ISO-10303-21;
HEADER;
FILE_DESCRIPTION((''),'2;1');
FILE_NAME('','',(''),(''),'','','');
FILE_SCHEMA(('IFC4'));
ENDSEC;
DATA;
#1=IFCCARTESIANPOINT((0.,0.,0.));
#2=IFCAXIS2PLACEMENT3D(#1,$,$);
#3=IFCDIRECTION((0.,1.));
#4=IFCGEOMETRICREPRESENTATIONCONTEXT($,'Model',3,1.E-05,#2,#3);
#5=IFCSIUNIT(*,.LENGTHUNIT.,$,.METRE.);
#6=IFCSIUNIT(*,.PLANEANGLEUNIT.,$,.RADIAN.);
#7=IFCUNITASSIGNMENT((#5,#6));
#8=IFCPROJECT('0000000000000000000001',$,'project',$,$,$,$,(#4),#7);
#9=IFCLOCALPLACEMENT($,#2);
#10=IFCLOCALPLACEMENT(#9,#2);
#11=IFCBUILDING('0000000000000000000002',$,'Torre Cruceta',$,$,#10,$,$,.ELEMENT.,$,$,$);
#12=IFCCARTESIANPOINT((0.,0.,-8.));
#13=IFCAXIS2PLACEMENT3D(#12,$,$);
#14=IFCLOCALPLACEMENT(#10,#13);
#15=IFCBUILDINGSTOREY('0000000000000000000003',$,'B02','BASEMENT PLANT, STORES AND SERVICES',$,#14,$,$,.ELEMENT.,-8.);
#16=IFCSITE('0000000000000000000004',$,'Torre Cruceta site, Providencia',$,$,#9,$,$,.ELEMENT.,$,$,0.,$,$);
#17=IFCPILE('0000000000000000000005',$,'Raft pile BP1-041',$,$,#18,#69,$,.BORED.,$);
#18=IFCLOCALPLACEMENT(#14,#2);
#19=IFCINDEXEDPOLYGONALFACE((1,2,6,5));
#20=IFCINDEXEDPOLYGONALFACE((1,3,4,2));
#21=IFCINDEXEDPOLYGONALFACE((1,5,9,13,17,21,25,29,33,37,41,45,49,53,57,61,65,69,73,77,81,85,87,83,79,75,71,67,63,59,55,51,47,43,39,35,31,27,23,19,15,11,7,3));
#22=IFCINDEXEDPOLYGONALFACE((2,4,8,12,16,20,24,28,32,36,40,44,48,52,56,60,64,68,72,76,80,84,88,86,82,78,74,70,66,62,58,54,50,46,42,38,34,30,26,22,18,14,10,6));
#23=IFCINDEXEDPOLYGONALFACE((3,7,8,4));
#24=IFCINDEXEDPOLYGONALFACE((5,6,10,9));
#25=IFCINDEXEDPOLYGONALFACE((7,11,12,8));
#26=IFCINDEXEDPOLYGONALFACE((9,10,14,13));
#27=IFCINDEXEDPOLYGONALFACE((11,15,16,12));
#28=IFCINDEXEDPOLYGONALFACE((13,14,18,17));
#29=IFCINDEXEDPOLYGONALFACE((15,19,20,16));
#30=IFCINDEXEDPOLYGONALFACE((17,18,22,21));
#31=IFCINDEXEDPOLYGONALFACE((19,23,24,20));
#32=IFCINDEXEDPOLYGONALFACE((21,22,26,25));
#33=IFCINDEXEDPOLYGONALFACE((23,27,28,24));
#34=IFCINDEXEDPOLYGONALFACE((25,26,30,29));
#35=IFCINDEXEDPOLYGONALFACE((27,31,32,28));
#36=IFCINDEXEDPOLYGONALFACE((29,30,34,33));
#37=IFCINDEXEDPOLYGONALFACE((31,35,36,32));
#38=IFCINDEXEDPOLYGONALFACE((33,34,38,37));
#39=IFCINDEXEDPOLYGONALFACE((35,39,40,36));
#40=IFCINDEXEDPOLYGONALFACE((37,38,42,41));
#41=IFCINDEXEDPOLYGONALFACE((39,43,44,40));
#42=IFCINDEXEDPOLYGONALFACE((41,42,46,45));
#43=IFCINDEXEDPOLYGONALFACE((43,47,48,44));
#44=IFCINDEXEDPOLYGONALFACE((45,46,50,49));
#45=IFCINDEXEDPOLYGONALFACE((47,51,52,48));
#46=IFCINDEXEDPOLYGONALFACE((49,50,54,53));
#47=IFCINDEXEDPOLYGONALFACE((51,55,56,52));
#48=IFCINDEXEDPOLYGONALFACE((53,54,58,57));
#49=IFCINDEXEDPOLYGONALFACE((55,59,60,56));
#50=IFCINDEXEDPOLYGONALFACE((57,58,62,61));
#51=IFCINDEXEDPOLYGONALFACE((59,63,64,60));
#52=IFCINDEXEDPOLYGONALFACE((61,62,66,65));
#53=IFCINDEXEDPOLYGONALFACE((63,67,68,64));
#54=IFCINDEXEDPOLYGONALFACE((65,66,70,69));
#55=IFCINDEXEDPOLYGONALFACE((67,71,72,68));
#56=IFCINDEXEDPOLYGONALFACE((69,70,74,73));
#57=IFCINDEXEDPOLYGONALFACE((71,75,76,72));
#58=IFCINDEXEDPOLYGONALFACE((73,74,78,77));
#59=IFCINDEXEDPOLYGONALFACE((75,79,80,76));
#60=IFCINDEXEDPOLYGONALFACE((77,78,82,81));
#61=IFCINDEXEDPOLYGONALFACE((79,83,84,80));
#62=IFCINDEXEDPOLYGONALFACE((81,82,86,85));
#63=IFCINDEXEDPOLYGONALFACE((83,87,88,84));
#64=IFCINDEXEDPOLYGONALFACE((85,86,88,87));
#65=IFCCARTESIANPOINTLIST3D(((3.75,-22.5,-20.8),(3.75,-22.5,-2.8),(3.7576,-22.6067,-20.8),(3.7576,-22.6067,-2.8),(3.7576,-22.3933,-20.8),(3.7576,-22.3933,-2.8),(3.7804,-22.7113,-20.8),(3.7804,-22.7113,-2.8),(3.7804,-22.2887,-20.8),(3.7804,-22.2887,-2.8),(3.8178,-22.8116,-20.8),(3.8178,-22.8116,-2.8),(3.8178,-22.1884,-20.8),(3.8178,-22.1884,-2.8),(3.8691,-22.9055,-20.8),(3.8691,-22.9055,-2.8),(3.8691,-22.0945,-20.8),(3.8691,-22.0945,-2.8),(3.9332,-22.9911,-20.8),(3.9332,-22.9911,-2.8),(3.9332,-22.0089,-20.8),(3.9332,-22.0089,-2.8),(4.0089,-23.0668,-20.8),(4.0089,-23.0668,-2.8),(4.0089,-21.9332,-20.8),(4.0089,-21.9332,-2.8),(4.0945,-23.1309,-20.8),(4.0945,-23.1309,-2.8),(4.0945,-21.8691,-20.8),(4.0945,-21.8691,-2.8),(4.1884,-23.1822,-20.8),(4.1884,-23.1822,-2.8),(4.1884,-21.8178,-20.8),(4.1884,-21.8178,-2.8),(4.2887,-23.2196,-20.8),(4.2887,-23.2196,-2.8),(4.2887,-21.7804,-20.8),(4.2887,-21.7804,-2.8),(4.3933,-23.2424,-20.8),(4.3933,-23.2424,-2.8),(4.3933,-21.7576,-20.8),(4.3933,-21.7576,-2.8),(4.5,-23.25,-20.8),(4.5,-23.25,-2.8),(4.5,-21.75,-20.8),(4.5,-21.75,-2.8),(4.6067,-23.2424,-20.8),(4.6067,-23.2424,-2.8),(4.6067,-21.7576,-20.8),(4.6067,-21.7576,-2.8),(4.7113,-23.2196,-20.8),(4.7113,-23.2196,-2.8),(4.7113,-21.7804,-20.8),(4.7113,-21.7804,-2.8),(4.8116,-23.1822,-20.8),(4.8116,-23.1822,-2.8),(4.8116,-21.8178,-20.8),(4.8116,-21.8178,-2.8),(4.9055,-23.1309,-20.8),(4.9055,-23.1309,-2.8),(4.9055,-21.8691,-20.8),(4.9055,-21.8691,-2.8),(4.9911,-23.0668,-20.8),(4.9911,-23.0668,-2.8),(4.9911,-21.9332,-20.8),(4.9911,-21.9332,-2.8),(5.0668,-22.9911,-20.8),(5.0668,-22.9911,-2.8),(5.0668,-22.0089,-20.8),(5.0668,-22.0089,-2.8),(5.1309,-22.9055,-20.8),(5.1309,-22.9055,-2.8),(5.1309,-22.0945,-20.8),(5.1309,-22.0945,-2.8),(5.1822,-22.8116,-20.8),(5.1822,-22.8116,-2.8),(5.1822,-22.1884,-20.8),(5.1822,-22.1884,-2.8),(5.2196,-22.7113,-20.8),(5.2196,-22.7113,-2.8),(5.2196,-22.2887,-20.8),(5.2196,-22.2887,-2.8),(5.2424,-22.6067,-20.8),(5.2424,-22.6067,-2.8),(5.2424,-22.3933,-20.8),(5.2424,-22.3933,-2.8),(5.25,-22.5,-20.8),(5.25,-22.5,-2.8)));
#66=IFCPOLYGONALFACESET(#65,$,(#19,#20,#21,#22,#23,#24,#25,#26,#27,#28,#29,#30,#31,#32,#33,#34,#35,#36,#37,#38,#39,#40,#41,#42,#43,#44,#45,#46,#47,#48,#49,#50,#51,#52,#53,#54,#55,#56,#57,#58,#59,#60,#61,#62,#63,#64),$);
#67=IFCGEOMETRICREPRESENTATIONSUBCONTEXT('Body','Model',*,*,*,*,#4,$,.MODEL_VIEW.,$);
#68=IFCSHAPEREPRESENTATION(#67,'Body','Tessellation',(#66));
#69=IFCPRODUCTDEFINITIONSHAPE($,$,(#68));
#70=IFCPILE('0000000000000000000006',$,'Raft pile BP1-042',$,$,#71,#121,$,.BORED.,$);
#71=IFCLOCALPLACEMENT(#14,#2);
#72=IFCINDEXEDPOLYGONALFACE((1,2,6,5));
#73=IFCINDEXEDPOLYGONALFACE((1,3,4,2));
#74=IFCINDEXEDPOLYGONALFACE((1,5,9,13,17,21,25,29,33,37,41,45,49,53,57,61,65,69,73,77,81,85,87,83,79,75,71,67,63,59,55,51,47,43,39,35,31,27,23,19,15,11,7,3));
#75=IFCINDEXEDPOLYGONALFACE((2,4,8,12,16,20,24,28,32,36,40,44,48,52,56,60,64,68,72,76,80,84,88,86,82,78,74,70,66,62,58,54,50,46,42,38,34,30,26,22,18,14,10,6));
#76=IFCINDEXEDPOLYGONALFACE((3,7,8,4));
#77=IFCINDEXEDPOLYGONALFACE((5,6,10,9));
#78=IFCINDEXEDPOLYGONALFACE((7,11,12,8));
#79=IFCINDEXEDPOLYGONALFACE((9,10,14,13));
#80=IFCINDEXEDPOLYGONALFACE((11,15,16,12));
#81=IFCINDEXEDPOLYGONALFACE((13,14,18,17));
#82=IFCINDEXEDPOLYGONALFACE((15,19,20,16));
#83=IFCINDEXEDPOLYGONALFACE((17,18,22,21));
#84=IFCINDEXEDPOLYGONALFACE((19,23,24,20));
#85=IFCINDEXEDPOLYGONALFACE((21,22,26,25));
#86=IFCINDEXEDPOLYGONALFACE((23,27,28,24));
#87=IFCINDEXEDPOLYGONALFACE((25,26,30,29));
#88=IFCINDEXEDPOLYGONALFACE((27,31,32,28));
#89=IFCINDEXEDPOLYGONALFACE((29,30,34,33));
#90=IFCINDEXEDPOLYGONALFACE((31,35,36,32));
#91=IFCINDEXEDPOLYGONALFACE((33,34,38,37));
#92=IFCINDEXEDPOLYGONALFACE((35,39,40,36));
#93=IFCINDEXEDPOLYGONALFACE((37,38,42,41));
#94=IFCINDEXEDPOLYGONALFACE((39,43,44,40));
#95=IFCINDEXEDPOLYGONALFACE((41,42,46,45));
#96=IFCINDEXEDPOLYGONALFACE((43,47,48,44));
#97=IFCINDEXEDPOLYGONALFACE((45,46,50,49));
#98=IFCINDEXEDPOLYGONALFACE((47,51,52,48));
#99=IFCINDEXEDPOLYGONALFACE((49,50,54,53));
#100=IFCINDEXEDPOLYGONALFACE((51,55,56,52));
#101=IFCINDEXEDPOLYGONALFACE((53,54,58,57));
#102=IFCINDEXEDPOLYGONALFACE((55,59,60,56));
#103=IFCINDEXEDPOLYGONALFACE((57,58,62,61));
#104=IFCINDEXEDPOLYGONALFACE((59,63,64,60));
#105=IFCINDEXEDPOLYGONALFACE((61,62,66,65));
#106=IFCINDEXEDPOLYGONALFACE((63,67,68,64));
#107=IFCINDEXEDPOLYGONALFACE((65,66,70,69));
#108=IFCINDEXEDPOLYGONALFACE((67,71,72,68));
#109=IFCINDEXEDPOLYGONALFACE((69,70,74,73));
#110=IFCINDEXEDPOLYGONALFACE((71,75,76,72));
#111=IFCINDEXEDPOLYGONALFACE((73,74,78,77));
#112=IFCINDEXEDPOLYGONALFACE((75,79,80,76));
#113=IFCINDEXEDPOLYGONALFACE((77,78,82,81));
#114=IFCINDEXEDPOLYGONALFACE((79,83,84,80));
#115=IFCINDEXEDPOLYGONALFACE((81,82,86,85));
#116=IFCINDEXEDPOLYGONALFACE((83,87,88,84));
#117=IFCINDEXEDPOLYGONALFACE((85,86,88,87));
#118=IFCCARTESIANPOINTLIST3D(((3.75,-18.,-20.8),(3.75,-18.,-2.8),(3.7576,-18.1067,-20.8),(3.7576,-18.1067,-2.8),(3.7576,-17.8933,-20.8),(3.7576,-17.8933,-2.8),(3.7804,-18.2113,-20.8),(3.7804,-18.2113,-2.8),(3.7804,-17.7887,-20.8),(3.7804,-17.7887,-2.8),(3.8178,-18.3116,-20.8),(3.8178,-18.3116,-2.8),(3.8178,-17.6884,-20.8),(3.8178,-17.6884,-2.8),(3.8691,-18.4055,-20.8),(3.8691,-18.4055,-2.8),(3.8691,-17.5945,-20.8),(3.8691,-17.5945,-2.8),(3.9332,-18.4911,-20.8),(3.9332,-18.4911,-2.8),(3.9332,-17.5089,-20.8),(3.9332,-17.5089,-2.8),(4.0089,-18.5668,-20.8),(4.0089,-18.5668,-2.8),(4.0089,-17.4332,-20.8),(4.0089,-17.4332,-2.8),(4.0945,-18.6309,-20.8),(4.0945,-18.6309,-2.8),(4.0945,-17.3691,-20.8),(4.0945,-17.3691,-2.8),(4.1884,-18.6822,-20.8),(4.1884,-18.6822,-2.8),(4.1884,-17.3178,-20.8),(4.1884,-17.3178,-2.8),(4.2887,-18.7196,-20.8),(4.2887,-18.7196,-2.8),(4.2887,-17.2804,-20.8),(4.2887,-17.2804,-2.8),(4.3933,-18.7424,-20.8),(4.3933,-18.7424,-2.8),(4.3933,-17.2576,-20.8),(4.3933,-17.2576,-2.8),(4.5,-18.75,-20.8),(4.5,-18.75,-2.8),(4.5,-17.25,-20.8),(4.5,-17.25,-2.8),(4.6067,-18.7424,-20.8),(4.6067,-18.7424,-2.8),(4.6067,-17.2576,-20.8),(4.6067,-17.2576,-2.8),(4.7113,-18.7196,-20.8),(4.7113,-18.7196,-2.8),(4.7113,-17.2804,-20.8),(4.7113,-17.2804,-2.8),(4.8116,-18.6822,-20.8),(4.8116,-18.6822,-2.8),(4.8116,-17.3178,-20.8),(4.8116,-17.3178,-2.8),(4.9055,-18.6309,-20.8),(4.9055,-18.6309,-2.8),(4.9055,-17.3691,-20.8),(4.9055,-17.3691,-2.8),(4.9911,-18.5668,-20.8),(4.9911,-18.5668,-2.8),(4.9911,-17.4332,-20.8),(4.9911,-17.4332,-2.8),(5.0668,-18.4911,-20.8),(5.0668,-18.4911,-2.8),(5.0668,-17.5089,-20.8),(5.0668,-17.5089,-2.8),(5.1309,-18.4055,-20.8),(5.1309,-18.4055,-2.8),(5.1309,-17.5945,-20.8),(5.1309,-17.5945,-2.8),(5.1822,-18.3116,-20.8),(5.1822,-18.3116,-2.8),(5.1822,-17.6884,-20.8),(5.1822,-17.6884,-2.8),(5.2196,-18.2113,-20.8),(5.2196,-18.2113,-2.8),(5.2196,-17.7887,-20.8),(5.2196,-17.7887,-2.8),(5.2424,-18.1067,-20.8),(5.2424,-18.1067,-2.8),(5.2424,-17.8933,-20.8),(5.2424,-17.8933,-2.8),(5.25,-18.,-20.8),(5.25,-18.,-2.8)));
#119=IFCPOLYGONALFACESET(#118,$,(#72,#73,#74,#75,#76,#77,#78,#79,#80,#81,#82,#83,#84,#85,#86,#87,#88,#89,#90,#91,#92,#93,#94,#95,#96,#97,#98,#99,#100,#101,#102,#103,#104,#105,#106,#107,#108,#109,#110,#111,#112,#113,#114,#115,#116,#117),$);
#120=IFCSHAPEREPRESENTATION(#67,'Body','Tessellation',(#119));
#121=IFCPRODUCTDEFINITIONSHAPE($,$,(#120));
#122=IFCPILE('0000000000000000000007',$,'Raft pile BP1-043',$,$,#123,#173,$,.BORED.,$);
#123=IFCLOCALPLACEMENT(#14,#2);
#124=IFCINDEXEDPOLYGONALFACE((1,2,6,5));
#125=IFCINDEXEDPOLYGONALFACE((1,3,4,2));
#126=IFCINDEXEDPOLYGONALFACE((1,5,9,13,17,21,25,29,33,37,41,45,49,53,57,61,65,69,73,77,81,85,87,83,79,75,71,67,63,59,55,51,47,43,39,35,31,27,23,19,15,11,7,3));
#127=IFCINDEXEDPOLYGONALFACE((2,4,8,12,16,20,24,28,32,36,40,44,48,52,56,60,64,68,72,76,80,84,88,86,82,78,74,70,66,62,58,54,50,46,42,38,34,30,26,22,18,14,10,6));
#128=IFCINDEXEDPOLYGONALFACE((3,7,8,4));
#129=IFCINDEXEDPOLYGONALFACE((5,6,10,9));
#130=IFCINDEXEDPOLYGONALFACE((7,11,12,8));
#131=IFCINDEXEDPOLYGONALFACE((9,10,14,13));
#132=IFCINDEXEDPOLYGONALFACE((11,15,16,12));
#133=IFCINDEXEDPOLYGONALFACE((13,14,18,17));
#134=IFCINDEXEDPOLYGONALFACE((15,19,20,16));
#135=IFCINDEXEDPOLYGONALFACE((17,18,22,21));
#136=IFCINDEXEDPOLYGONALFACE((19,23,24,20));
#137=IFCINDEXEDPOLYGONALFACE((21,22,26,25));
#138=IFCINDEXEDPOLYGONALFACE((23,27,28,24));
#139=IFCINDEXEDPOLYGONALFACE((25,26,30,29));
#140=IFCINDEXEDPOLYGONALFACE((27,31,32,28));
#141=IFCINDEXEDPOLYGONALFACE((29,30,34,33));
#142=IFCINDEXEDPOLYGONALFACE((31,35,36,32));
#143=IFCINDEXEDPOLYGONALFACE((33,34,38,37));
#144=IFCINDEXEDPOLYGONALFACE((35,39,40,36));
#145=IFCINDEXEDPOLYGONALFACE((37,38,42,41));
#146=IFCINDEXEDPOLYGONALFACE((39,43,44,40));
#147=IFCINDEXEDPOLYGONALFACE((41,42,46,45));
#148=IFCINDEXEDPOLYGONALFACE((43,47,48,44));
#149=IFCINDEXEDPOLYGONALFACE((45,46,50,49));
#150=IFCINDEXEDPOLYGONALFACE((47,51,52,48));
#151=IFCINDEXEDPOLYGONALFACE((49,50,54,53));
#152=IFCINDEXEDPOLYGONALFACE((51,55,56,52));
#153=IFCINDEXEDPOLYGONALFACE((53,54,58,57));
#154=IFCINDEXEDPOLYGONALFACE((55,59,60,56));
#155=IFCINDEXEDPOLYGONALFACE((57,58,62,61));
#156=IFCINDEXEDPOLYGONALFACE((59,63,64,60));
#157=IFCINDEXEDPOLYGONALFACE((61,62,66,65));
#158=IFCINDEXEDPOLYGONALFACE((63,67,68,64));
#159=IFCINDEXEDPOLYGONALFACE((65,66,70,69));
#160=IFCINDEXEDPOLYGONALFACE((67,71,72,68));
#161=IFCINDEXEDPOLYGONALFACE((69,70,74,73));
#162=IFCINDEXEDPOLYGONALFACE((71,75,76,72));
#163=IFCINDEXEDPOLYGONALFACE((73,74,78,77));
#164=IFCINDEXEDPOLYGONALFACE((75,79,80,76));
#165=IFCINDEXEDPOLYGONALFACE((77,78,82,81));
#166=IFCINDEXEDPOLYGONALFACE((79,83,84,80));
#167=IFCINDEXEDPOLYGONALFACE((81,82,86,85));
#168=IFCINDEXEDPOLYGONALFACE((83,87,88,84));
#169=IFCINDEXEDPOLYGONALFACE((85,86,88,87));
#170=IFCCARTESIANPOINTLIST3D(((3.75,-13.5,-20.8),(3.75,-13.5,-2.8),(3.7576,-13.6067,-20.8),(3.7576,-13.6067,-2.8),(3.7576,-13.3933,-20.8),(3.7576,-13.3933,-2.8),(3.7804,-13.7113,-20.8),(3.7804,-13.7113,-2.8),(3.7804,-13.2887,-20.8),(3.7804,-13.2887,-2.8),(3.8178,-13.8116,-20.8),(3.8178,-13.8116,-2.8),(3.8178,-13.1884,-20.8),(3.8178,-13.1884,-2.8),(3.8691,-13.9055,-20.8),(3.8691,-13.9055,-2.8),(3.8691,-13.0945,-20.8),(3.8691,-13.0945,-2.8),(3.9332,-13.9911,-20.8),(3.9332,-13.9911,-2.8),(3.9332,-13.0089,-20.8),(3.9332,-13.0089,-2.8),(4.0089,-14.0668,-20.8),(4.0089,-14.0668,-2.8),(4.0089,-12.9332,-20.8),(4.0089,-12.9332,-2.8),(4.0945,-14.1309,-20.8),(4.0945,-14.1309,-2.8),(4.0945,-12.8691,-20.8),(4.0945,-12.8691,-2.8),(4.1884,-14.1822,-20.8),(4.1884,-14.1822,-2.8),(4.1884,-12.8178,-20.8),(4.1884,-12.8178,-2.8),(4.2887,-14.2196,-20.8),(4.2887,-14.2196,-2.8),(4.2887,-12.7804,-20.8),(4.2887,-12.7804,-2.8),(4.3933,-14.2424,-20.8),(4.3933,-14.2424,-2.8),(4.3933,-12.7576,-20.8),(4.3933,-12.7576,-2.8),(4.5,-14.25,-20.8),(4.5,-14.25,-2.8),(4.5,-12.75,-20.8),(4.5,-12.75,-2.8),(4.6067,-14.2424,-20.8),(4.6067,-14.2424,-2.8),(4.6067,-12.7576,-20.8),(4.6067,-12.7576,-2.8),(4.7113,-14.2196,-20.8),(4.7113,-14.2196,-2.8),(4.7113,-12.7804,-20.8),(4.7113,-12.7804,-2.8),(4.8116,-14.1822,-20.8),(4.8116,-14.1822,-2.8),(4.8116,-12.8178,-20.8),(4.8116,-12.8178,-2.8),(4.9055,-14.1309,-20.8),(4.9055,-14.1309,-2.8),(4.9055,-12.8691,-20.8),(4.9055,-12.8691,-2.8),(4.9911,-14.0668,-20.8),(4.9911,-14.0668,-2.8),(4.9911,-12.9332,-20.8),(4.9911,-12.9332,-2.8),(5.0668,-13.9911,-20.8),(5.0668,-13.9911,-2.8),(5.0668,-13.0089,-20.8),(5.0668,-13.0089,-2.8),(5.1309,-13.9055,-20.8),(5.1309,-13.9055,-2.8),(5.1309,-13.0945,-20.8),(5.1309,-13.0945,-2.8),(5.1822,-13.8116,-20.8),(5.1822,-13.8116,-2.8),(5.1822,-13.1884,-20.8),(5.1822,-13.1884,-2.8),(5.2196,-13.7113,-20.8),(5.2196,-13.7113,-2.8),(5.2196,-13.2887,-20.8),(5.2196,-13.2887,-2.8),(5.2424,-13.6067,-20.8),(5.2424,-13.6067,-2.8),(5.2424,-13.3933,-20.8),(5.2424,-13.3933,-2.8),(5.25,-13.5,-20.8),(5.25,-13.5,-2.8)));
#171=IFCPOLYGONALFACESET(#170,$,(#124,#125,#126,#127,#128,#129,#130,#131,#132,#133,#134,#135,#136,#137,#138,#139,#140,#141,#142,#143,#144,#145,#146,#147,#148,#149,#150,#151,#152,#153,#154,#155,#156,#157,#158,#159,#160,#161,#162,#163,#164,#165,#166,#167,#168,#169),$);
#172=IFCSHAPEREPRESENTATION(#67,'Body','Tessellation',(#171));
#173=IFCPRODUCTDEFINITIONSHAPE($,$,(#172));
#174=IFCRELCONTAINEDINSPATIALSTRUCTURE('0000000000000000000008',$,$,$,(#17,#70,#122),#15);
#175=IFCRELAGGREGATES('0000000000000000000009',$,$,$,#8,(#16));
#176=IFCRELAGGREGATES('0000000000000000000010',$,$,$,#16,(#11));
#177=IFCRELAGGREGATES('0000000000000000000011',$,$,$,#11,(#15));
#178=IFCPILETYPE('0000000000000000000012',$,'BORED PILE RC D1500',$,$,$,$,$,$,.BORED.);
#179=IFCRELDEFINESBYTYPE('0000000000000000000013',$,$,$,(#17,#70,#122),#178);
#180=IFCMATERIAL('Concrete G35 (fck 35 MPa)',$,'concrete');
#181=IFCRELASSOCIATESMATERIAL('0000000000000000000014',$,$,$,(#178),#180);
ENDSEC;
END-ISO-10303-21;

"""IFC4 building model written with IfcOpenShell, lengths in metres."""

from ifc_helpers import new_model, si_unit, direction, frame, origin, origin_2d, place, context, subcontext, project, spatial, circle, extrude, material, material_profile, profile_set, type_object, element, save


model = new_model("IFC4")

# Units and contexts
model_context = context("Model", 3, precision=1e-05, world=origin(), true_north=direction((0.0, 1.0)))
body_context = subcontext(model_context, "Body", "Model", "MODEL_VIEW")
ifc_project = project(units=[si_unit("LENGTHUNIT", "METRE"), si_unit("PLANEANGLEUNIT", "RADIAN")], contexts=[model_context])

# Site, building, storey
site_placement = place(None, origin())
site = spatial("IfcSite", under=ifc_project, at=site_placement, Name="Torre Cruceta site, Providencia", CompositionType="ELEMENT", RefElevation=0.0)
building_placement = place(site_placement, origin())
building = spatial("IfcBuilding", under=site, at=building_placement, Name="Torre Cruceta", CompositionType="ELEMENT")
storey_placement = place(building_placement, frame((0.0, 0.0, -8.0)))
storey = spatial("IfcBuildingStorey", under=building, at=storey_placement, Name="B02", Description="BASEMENT PLANT, STORES AND SERVICES", CompositionType="ELEMENT", Elevation=-8.0)

# Piles
ifc_material_1 = material(Name="Concrete G35 (fck 35 MPa)", Category="concrete")
ifc_material_profile_1 = material_profile(ifc_material_1, circle(Radius=0.75, at=origin_2d()), Name="RC D1500")
ifc_profile_set_1 = profile_set([ifc_material_profile_1], Name="Concrete G35 (fck 35 MPa)")
pile_type_1 = type_object("IfcPileType", Name="BORED PILE RC D1500", PredefinedType="BORED", material=ifc_profile_set_1)
for number, where, z_axis, x_axis, name in (
    (1, (4.5, -22.5, -2.8), (0.0, 0.0, -1.0), (1.0, 0.0, 0.0), "Raft pile BP1-041"),
    (2, (4.5, -18.0, -2.8), (0.0, 0.0, -1.0), (1.0, 0.0, 0.0), "Raft pile BP1-042"),
    (3, (4.5, -13.5, -2.8), (0.0, 0.0, -1.0), (1.0, 0.0, 0.0), "Raft pile BP1-043"),
):
    element("IfcPile", number, at=place(storey_placement, frame(where, z_axis=z_axis, x_axis=x_axis)), inside=storey, type_object=pile_type_1, Name=name, PredefinedType="BORED", context=body_context, shape_type="SweptSolid", body=[
        extrude(circle(Radius=0.75, at=origin_2d()), origin(), (0.0, 0.0, 1.0), 18.0),
    ])

save(model, "model.ifc")
